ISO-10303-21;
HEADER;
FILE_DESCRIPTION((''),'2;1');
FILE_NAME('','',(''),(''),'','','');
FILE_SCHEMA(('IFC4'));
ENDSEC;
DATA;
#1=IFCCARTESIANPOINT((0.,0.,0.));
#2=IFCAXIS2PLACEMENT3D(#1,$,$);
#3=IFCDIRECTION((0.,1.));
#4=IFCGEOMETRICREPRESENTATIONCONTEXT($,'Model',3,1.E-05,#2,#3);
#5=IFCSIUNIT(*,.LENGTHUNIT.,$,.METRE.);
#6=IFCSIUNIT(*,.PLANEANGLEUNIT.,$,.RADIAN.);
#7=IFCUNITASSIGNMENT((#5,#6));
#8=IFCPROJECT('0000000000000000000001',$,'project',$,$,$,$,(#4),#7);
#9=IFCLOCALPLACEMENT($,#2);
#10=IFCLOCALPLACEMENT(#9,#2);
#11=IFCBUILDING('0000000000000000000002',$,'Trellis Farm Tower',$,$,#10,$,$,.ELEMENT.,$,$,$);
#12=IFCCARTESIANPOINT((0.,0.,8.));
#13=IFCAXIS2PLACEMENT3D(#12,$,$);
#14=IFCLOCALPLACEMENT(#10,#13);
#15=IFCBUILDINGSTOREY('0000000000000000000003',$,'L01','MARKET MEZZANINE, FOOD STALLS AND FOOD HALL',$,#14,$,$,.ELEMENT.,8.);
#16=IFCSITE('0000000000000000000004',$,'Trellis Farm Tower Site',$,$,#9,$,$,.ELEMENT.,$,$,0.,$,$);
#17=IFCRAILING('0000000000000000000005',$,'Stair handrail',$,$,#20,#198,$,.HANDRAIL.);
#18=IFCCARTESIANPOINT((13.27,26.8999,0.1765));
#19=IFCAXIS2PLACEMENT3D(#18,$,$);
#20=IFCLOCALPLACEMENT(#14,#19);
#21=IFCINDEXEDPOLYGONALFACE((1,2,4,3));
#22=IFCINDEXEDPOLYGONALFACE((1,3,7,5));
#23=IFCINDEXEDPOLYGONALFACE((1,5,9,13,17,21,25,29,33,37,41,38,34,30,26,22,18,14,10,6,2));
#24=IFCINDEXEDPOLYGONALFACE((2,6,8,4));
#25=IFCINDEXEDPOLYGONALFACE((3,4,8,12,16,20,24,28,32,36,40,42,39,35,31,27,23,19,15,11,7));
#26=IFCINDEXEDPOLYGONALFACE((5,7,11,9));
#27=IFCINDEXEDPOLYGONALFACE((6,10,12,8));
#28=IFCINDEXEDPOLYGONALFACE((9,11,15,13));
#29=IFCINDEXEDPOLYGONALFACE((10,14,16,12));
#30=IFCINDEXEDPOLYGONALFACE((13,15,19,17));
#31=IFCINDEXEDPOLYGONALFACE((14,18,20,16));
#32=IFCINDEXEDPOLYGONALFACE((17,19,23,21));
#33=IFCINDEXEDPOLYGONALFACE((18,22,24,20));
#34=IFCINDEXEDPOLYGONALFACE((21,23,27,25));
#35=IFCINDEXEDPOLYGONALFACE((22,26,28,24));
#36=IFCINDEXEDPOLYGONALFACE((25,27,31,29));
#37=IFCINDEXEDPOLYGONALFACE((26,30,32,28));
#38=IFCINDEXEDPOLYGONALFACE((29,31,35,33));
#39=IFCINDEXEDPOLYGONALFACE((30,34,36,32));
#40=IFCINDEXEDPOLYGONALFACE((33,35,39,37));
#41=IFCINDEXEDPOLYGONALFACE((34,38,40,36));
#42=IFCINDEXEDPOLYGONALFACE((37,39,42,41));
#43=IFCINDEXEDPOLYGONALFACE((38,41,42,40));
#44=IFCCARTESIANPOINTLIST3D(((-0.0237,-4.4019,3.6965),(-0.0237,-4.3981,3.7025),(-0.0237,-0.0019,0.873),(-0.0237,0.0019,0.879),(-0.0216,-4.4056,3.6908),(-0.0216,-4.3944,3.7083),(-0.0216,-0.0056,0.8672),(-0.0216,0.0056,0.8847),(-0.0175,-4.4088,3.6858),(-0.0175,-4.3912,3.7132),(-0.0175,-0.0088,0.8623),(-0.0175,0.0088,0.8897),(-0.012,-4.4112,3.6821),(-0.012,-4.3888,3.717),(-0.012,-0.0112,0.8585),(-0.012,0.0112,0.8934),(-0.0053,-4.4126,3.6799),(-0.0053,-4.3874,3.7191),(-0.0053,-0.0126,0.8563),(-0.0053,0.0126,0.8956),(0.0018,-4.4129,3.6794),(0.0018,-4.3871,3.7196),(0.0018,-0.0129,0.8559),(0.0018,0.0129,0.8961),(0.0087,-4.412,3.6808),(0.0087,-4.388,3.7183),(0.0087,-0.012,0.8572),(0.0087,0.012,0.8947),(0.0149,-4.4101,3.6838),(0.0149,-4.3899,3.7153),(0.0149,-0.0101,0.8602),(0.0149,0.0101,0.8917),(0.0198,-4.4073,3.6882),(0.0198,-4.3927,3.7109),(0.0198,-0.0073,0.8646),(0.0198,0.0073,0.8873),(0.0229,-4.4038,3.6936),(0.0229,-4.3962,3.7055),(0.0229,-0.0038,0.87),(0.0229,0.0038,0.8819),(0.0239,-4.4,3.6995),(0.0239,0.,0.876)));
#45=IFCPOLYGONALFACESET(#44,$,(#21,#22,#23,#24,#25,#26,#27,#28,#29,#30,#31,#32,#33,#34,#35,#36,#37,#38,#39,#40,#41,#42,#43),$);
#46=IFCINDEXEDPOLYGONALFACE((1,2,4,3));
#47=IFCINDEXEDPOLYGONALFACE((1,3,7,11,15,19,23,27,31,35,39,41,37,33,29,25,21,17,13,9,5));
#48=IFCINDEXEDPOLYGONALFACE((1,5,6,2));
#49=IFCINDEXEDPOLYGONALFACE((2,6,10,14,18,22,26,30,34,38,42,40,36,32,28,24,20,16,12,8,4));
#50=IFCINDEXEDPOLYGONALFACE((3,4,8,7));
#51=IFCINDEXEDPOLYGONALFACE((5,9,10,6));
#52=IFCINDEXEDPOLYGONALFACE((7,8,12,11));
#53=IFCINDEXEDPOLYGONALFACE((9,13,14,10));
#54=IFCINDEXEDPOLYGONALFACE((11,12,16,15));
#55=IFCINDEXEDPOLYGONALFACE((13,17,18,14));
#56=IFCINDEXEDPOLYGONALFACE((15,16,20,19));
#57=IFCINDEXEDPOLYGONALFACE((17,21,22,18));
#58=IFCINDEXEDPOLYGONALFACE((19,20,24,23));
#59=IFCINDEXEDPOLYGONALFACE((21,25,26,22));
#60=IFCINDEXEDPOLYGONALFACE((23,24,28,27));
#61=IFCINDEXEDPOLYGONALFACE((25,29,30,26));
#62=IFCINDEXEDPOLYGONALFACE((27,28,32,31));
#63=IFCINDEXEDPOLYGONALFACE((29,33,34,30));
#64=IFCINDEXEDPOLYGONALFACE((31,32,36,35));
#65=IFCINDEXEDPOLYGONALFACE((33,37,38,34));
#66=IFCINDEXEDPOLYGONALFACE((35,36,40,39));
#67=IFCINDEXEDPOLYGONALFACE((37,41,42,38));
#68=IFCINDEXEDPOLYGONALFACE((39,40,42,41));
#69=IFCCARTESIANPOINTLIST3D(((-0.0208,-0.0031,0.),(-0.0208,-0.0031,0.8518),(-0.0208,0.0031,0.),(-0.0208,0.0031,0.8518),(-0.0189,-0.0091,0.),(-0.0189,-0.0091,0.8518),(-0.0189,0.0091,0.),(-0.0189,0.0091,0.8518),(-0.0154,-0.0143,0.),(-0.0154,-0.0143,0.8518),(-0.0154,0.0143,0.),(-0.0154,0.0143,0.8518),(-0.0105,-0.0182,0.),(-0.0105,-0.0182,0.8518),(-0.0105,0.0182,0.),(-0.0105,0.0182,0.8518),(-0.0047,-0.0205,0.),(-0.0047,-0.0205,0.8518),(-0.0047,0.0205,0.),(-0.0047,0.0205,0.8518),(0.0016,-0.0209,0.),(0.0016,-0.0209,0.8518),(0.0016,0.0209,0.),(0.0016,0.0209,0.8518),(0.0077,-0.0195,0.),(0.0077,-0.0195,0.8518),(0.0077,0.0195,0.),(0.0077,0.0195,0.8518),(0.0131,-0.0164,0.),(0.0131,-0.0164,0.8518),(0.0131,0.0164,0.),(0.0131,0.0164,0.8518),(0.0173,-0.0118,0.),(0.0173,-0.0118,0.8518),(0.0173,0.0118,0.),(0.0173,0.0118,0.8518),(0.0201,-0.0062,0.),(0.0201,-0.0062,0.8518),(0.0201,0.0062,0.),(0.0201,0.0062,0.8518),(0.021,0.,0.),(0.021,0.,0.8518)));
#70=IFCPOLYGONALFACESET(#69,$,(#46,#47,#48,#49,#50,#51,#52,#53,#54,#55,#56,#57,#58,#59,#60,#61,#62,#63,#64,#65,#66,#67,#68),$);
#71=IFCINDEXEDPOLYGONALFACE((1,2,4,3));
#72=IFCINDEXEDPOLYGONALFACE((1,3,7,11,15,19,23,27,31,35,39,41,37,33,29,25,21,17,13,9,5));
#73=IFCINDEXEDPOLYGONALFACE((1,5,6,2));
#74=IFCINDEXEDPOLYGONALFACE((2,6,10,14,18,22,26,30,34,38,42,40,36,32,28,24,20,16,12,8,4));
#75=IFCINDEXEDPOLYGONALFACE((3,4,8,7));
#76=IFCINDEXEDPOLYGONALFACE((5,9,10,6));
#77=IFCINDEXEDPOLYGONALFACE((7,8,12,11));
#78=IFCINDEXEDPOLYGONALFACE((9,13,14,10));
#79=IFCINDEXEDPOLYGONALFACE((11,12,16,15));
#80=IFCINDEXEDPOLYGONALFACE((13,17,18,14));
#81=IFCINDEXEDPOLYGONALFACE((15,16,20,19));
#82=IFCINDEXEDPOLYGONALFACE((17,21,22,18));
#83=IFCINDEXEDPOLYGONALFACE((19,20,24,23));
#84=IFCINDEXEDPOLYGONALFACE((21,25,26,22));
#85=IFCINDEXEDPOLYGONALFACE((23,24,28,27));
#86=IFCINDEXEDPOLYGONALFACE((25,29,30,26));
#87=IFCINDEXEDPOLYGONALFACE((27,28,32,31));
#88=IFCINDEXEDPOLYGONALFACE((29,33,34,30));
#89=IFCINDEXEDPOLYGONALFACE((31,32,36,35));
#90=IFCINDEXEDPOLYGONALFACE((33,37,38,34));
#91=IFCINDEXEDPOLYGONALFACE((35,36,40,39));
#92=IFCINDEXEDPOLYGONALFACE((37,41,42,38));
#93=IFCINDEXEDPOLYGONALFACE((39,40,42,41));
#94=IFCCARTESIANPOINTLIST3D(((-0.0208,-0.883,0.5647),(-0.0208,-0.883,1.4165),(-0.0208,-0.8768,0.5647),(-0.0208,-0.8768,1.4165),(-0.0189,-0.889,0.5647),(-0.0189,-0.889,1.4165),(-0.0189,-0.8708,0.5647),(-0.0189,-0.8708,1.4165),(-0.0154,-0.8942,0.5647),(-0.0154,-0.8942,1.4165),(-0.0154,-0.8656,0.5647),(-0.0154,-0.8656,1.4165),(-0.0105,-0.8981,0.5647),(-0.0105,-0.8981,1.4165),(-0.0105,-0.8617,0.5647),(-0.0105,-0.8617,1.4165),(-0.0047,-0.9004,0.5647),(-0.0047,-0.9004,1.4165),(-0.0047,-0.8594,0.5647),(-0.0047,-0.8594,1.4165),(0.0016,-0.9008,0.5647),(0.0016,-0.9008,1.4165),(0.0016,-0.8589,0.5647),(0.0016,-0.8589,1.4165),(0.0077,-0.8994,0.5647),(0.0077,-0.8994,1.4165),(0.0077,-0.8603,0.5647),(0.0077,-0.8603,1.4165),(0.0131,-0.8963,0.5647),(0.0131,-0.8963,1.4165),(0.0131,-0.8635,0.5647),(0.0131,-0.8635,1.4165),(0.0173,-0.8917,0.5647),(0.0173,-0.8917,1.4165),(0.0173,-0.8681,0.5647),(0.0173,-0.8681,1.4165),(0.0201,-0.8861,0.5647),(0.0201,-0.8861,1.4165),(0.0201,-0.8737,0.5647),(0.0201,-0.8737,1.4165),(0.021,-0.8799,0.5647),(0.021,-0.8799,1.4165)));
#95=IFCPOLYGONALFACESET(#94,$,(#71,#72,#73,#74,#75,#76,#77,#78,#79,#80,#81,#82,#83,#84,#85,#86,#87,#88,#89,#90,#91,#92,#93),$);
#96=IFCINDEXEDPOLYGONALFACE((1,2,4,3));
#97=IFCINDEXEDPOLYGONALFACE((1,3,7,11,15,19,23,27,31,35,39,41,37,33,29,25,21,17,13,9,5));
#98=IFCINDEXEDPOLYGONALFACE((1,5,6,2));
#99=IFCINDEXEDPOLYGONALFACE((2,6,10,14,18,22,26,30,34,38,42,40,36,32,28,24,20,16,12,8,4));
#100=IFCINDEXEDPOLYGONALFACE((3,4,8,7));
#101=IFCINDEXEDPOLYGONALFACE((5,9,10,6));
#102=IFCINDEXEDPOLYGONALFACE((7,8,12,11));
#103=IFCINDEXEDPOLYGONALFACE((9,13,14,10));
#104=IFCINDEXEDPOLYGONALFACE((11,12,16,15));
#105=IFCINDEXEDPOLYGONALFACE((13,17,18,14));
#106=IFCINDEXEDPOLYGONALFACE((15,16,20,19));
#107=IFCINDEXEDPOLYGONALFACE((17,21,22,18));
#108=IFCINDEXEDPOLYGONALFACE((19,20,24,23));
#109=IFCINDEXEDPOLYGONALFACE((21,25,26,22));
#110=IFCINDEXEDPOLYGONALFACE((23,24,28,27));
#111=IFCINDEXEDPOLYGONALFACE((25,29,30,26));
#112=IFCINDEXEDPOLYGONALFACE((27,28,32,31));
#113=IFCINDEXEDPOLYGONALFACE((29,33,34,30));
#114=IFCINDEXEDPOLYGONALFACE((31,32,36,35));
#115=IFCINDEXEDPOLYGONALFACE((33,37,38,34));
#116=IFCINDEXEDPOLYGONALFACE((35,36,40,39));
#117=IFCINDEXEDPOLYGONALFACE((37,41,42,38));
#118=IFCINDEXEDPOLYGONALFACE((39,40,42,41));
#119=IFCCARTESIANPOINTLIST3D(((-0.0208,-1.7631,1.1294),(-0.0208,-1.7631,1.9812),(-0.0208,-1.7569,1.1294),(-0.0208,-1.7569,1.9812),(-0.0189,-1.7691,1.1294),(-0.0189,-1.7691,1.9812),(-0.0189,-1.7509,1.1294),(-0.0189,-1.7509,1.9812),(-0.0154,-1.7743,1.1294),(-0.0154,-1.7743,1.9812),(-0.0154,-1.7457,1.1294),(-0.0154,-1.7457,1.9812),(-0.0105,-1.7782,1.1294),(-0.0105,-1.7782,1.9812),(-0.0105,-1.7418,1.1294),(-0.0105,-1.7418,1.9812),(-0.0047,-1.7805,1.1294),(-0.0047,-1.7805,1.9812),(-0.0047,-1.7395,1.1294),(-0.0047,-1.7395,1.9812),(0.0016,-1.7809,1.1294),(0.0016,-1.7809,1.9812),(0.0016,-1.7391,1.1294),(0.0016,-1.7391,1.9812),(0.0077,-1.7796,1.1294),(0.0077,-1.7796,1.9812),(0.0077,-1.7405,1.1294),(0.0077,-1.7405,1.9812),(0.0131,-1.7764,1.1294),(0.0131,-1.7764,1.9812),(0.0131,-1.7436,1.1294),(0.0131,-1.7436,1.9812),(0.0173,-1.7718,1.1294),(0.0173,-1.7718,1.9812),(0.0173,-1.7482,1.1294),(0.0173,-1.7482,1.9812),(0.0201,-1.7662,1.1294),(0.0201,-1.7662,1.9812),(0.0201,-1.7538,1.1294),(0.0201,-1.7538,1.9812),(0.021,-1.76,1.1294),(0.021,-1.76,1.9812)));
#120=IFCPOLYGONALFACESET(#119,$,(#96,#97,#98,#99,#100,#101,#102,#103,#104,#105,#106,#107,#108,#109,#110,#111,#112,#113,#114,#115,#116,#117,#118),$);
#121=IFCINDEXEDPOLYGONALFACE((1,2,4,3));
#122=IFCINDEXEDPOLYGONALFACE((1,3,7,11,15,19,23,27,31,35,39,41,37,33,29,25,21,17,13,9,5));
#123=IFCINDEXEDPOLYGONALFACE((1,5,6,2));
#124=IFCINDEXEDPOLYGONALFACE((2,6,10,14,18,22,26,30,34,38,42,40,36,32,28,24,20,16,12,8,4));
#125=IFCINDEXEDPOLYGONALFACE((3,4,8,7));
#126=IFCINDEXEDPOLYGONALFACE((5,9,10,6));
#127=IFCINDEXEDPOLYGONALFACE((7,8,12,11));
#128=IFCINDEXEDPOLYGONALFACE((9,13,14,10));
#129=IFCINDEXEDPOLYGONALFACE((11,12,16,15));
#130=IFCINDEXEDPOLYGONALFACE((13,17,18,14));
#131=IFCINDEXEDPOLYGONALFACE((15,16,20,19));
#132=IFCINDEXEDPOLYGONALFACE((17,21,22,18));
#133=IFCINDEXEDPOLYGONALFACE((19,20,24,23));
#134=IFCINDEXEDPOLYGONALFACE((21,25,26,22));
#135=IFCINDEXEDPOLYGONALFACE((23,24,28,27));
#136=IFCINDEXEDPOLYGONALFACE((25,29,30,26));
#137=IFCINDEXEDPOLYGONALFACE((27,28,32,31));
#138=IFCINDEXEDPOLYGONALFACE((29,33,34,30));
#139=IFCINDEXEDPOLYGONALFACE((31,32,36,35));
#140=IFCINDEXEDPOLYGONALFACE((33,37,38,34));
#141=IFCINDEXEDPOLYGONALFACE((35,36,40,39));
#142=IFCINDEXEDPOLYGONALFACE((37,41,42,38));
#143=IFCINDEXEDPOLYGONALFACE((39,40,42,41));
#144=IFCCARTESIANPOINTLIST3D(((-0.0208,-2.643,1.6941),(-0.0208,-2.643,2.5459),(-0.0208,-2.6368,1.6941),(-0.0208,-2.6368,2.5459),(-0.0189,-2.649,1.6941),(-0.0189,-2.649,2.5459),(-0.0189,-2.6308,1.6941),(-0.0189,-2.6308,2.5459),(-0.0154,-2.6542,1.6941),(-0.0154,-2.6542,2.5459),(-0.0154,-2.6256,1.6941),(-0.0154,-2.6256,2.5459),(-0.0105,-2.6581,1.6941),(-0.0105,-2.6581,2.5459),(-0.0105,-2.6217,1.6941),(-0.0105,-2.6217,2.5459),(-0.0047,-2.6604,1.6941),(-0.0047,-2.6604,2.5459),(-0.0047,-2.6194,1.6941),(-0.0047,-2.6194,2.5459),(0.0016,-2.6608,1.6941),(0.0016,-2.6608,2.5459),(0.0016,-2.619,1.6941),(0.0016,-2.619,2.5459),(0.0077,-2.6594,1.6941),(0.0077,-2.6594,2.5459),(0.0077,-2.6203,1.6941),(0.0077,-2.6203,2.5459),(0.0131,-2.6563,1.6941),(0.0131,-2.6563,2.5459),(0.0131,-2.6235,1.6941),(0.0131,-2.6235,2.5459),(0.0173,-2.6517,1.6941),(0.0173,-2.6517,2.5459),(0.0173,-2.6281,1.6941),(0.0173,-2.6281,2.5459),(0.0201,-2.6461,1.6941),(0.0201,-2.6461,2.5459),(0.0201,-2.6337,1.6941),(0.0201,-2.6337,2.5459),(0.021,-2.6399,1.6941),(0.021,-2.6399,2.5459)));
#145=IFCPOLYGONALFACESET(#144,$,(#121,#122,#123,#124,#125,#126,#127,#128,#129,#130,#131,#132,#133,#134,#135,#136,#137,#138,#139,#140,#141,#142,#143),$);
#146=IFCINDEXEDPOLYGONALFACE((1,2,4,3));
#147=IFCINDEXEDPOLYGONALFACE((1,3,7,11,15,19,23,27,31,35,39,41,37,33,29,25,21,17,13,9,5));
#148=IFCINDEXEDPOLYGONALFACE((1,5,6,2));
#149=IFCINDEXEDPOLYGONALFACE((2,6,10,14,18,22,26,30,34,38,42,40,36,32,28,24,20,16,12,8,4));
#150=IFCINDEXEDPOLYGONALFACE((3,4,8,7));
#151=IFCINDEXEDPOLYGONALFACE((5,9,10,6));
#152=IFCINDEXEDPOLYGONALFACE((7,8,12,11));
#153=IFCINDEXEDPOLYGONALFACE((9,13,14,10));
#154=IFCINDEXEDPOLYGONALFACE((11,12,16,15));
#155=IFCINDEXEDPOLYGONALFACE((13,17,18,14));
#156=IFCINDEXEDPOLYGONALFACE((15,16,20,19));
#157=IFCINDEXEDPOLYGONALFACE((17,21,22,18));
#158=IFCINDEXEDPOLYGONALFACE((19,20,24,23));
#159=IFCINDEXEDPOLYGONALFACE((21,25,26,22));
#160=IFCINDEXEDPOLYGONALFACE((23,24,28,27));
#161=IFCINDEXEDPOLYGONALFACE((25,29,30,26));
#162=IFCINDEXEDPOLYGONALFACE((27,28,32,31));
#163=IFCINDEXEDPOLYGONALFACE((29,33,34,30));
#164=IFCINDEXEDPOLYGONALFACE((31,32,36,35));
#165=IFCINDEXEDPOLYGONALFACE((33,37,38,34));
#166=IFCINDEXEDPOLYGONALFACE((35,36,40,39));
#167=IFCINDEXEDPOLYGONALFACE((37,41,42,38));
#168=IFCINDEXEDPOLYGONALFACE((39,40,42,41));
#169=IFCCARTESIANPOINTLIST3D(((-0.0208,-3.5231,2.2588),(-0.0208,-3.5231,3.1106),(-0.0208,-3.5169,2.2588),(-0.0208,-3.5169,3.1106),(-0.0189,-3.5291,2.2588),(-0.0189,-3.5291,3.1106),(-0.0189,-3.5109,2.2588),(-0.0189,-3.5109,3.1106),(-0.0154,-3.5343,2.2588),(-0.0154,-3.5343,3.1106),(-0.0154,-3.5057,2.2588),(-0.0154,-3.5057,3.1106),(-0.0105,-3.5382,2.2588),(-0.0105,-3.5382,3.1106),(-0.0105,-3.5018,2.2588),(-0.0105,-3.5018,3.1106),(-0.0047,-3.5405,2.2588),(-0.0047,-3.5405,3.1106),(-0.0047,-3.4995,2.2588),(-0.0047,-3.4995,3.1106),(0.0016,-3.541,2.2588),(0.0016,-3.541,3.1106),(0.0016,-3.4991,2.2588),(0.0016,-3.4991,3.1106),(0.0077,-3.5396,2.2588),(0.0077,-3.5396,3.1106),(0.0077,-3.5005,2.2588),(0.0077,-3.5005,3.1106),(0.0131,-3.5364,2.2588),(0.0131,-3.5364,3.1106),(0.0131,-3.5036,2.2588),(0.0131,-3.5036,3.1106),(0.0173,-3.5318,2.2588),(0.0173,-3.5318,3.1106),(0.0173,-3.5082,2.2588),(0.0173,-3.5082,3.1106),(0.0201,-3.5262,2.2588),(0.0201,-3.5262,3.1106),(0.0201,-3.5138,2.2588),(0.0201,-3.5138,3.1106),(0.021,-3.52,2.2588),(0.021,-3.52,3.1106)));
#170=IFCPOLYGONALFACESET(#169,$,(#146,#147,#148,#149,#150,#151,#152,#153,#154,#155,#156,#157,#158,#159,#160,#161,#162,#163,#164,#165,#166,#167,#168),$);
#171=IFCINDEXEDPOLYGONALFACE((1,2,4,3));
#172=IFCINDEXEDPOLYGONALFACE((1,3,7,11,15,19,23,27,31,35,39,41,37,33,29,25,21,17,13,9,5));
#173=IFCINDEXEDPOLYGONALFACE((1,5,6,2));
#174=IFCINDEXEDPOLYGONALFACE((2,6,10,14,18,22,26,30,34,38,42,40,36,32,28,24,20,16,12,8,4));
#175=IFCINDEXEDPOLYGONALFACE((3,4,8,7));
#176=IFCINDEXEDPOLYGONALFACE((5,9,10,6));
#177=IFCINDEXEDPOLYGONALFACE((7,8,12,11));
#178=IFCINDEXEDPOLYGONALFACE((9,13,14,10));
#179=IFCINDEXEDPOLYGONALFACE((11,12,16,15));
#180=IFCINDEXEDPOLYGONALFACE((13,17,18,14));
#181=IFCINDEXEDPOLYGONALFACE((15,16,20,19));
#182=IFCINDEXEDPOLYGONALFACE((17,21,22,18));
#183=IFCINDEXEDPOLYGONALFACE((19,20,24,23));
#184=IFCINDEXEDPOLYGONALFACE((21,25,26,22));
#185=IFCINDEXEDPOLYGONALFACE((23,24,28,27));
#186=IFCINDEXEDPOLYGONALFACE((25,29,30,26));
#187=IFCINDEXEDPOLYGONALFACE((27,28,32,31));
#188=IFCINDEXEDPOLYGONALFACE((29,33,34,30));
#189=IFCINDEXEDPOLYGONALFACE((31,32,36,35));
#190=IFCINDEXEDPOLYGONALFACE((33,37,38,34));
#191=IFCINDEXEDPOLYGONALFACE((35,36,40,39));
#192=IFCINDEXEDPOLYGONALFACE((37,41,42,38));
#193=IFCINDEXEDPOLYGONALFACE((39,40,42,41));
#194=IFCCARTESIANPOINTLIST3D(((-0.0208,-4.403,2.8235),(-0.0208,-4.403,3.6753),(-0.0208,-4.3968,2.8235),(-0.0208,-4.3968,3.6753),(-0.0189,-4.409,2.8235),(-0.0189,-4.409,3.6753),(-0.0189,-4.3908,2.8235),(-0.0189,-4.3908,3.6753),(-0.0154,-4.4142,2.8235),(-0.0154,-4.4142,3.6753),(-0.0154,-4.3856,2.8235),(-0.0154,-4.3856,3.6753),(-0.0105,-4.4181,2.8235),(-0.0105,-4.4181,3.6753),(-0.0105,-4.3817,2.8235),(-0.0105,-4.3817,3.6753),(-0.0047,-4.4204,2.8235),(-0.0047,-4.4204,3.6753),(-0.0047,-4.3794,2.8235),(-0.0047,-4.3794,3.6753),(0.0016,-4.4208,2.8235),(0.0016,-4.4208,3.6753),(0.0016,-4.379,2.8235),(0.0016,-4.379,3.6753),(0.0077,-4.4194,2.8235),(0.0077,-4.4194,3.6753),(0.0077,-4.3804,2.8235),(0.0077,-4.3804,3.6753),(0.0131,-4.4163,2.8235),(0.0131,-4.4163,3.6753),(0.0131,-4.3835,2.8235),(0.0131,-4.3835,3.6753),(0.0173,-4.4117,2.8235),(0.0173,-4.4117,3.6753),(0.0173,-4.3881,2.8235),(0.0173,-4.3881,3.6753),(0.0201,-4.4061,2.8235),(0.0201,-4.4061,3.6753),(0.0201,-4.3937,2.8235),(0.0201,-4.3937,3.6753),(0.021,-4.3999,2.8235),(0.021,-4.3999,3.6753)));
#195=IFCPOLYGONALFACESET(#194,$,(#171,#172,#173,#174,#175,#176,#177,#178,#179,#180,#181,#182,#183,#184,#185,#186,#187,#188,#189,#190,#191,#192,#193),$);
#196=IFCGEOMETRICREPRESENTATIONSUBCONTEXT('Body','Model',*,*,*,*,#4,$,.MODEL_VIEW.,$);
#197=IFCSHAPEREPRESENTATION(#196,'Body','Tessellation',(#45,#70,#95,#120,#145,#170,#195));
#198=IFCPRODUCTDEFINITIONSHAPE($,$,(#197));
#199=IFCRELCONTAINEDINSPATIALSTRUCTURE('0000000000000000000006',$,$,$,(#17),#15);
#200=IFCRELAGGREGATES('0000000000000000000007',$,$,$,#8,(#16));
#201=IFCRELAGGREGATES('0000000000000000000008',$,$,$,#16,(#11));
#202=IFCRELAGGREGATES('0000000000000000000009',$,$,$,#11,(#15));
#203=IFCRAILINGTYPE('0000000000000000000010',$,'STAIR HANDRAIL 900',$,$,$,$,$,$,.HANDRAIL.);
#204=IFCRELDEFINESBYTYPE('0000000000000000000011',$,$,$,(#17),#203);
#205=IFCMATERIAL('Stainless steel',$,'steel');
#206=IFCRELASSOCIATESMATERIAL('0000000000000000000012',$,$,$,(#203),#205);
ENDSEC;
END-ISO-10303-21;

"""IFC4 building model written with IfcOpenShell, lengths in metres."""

from ifc_helpers import new_model, si_unit, direction, frame, origin, origin_2d, place, context, subcontext, project, spatial, circle, extrude, source, transform, mapped, material, type_object, element, save


model = new_model("IFC4")

# Units and contexts
model_context = context("Model", 3, precision=1e-05, world=origin(), true_north=direction((0.0, 1.0)))
body_context = subcontext(model_context, "Body", "Model", "MODEL_VIEW")
ifc_project = project(units=[si_unit("LENGTHUNIT", "METRE"), si_unit("PLANEANGLEUNIT", "RADIAN")], contexts=[model_context])

# Site, building, storey
site_placement = place(None, origin())
site = spatial("IfcSite", under=ifc_project, at=site_placement, Name="Trellis Farm Tower Site", CompositionType="ELEMENT", RefElevation=0.0)
building_placement = place(site_placement, origin())
building = spatial("IfcBuilding", under=site, at=building_placement, Name="Trellis Farm Tower", CompositionType="ELEMENT")
storey_placement = place(building_placement, frame((0.0, 0.0, 8.0)))
storey = spatial("IfcBuildingStorey", under=building, at=storey_placement, Name="L01", Description="MARKET MEZZANINE, FOOD STALLS AND FOOD HALL", CompositionType="ELEMENT", Elevation=8.0)

# Railing
ifc_material_1 = material(Name="Stainless steel", Category="steel")
railing_type = type_object("IfcRailingType", Name="STAIR HANDRAIL 900", PredefinedType="HANDRAIL", material=ifc_material_1)
shared_shape_1 = source(origin(), body_context, "Body", "SweptSolid", [
    extrude(circle(Radius=0.0239, at=origin_2d()), frame((0.0, 0.0, 0.876), z_axis=(0.0, -0.841615, 0.540078), x_axis=(1.0, 0.0, 0.0)), (0.0, 0.0, 1.0), 5.228),
    extrude(circle(Radius=0.021, at=origin_2d()), origin(), (0.0, 0.0, 1.0), 0.8518),
    extrude(circle(Radius=0.021, at=origin_2d()), frame((0.0, -0.8799, 0.5647)), (0.0, 0.0, 1.0), 0.8518),
    extrude(circle(Radius=0.021, at=origin_2d()), frame((0.0, -1.76, 1.1294)), (0.0, 0.0, 1.0), 0.8518),
    extrude(circle(Radius=0.021, at=origin_2d()), frame((0.0, -2.6399, 1.6941)), (0.0, 0.0, 1.0), 0.8518),
    extrude(circle(Radius=0.021, at=origin_2d()), frame((0.0, -3.52, 2.2588)), (0.0, 0.0, 1.0), 0.8518),
    extrude(circle(Radius=0.021, at=origin_2d()), frame((0.0, -4.3999, 2.8235)), (0.0, 0.0, 1.0), 0.8518),
])
for number, where, name in (
    (1, (13.27, 26.8999, 0.1765), "Stair handrail"),
):
    element("IfcRailing", number, at=place(storey_placement, frame(where)), inside=storey, type_object=railing_type, Name=name, PredefinedType="HANDRAIL", context=body_context, shape_type="MappedRepresentation", body=[
        mapped(shared_shape_1, transform((0.0, 0.0, 0.0))),
    ])

save(model, "model.ifc")
